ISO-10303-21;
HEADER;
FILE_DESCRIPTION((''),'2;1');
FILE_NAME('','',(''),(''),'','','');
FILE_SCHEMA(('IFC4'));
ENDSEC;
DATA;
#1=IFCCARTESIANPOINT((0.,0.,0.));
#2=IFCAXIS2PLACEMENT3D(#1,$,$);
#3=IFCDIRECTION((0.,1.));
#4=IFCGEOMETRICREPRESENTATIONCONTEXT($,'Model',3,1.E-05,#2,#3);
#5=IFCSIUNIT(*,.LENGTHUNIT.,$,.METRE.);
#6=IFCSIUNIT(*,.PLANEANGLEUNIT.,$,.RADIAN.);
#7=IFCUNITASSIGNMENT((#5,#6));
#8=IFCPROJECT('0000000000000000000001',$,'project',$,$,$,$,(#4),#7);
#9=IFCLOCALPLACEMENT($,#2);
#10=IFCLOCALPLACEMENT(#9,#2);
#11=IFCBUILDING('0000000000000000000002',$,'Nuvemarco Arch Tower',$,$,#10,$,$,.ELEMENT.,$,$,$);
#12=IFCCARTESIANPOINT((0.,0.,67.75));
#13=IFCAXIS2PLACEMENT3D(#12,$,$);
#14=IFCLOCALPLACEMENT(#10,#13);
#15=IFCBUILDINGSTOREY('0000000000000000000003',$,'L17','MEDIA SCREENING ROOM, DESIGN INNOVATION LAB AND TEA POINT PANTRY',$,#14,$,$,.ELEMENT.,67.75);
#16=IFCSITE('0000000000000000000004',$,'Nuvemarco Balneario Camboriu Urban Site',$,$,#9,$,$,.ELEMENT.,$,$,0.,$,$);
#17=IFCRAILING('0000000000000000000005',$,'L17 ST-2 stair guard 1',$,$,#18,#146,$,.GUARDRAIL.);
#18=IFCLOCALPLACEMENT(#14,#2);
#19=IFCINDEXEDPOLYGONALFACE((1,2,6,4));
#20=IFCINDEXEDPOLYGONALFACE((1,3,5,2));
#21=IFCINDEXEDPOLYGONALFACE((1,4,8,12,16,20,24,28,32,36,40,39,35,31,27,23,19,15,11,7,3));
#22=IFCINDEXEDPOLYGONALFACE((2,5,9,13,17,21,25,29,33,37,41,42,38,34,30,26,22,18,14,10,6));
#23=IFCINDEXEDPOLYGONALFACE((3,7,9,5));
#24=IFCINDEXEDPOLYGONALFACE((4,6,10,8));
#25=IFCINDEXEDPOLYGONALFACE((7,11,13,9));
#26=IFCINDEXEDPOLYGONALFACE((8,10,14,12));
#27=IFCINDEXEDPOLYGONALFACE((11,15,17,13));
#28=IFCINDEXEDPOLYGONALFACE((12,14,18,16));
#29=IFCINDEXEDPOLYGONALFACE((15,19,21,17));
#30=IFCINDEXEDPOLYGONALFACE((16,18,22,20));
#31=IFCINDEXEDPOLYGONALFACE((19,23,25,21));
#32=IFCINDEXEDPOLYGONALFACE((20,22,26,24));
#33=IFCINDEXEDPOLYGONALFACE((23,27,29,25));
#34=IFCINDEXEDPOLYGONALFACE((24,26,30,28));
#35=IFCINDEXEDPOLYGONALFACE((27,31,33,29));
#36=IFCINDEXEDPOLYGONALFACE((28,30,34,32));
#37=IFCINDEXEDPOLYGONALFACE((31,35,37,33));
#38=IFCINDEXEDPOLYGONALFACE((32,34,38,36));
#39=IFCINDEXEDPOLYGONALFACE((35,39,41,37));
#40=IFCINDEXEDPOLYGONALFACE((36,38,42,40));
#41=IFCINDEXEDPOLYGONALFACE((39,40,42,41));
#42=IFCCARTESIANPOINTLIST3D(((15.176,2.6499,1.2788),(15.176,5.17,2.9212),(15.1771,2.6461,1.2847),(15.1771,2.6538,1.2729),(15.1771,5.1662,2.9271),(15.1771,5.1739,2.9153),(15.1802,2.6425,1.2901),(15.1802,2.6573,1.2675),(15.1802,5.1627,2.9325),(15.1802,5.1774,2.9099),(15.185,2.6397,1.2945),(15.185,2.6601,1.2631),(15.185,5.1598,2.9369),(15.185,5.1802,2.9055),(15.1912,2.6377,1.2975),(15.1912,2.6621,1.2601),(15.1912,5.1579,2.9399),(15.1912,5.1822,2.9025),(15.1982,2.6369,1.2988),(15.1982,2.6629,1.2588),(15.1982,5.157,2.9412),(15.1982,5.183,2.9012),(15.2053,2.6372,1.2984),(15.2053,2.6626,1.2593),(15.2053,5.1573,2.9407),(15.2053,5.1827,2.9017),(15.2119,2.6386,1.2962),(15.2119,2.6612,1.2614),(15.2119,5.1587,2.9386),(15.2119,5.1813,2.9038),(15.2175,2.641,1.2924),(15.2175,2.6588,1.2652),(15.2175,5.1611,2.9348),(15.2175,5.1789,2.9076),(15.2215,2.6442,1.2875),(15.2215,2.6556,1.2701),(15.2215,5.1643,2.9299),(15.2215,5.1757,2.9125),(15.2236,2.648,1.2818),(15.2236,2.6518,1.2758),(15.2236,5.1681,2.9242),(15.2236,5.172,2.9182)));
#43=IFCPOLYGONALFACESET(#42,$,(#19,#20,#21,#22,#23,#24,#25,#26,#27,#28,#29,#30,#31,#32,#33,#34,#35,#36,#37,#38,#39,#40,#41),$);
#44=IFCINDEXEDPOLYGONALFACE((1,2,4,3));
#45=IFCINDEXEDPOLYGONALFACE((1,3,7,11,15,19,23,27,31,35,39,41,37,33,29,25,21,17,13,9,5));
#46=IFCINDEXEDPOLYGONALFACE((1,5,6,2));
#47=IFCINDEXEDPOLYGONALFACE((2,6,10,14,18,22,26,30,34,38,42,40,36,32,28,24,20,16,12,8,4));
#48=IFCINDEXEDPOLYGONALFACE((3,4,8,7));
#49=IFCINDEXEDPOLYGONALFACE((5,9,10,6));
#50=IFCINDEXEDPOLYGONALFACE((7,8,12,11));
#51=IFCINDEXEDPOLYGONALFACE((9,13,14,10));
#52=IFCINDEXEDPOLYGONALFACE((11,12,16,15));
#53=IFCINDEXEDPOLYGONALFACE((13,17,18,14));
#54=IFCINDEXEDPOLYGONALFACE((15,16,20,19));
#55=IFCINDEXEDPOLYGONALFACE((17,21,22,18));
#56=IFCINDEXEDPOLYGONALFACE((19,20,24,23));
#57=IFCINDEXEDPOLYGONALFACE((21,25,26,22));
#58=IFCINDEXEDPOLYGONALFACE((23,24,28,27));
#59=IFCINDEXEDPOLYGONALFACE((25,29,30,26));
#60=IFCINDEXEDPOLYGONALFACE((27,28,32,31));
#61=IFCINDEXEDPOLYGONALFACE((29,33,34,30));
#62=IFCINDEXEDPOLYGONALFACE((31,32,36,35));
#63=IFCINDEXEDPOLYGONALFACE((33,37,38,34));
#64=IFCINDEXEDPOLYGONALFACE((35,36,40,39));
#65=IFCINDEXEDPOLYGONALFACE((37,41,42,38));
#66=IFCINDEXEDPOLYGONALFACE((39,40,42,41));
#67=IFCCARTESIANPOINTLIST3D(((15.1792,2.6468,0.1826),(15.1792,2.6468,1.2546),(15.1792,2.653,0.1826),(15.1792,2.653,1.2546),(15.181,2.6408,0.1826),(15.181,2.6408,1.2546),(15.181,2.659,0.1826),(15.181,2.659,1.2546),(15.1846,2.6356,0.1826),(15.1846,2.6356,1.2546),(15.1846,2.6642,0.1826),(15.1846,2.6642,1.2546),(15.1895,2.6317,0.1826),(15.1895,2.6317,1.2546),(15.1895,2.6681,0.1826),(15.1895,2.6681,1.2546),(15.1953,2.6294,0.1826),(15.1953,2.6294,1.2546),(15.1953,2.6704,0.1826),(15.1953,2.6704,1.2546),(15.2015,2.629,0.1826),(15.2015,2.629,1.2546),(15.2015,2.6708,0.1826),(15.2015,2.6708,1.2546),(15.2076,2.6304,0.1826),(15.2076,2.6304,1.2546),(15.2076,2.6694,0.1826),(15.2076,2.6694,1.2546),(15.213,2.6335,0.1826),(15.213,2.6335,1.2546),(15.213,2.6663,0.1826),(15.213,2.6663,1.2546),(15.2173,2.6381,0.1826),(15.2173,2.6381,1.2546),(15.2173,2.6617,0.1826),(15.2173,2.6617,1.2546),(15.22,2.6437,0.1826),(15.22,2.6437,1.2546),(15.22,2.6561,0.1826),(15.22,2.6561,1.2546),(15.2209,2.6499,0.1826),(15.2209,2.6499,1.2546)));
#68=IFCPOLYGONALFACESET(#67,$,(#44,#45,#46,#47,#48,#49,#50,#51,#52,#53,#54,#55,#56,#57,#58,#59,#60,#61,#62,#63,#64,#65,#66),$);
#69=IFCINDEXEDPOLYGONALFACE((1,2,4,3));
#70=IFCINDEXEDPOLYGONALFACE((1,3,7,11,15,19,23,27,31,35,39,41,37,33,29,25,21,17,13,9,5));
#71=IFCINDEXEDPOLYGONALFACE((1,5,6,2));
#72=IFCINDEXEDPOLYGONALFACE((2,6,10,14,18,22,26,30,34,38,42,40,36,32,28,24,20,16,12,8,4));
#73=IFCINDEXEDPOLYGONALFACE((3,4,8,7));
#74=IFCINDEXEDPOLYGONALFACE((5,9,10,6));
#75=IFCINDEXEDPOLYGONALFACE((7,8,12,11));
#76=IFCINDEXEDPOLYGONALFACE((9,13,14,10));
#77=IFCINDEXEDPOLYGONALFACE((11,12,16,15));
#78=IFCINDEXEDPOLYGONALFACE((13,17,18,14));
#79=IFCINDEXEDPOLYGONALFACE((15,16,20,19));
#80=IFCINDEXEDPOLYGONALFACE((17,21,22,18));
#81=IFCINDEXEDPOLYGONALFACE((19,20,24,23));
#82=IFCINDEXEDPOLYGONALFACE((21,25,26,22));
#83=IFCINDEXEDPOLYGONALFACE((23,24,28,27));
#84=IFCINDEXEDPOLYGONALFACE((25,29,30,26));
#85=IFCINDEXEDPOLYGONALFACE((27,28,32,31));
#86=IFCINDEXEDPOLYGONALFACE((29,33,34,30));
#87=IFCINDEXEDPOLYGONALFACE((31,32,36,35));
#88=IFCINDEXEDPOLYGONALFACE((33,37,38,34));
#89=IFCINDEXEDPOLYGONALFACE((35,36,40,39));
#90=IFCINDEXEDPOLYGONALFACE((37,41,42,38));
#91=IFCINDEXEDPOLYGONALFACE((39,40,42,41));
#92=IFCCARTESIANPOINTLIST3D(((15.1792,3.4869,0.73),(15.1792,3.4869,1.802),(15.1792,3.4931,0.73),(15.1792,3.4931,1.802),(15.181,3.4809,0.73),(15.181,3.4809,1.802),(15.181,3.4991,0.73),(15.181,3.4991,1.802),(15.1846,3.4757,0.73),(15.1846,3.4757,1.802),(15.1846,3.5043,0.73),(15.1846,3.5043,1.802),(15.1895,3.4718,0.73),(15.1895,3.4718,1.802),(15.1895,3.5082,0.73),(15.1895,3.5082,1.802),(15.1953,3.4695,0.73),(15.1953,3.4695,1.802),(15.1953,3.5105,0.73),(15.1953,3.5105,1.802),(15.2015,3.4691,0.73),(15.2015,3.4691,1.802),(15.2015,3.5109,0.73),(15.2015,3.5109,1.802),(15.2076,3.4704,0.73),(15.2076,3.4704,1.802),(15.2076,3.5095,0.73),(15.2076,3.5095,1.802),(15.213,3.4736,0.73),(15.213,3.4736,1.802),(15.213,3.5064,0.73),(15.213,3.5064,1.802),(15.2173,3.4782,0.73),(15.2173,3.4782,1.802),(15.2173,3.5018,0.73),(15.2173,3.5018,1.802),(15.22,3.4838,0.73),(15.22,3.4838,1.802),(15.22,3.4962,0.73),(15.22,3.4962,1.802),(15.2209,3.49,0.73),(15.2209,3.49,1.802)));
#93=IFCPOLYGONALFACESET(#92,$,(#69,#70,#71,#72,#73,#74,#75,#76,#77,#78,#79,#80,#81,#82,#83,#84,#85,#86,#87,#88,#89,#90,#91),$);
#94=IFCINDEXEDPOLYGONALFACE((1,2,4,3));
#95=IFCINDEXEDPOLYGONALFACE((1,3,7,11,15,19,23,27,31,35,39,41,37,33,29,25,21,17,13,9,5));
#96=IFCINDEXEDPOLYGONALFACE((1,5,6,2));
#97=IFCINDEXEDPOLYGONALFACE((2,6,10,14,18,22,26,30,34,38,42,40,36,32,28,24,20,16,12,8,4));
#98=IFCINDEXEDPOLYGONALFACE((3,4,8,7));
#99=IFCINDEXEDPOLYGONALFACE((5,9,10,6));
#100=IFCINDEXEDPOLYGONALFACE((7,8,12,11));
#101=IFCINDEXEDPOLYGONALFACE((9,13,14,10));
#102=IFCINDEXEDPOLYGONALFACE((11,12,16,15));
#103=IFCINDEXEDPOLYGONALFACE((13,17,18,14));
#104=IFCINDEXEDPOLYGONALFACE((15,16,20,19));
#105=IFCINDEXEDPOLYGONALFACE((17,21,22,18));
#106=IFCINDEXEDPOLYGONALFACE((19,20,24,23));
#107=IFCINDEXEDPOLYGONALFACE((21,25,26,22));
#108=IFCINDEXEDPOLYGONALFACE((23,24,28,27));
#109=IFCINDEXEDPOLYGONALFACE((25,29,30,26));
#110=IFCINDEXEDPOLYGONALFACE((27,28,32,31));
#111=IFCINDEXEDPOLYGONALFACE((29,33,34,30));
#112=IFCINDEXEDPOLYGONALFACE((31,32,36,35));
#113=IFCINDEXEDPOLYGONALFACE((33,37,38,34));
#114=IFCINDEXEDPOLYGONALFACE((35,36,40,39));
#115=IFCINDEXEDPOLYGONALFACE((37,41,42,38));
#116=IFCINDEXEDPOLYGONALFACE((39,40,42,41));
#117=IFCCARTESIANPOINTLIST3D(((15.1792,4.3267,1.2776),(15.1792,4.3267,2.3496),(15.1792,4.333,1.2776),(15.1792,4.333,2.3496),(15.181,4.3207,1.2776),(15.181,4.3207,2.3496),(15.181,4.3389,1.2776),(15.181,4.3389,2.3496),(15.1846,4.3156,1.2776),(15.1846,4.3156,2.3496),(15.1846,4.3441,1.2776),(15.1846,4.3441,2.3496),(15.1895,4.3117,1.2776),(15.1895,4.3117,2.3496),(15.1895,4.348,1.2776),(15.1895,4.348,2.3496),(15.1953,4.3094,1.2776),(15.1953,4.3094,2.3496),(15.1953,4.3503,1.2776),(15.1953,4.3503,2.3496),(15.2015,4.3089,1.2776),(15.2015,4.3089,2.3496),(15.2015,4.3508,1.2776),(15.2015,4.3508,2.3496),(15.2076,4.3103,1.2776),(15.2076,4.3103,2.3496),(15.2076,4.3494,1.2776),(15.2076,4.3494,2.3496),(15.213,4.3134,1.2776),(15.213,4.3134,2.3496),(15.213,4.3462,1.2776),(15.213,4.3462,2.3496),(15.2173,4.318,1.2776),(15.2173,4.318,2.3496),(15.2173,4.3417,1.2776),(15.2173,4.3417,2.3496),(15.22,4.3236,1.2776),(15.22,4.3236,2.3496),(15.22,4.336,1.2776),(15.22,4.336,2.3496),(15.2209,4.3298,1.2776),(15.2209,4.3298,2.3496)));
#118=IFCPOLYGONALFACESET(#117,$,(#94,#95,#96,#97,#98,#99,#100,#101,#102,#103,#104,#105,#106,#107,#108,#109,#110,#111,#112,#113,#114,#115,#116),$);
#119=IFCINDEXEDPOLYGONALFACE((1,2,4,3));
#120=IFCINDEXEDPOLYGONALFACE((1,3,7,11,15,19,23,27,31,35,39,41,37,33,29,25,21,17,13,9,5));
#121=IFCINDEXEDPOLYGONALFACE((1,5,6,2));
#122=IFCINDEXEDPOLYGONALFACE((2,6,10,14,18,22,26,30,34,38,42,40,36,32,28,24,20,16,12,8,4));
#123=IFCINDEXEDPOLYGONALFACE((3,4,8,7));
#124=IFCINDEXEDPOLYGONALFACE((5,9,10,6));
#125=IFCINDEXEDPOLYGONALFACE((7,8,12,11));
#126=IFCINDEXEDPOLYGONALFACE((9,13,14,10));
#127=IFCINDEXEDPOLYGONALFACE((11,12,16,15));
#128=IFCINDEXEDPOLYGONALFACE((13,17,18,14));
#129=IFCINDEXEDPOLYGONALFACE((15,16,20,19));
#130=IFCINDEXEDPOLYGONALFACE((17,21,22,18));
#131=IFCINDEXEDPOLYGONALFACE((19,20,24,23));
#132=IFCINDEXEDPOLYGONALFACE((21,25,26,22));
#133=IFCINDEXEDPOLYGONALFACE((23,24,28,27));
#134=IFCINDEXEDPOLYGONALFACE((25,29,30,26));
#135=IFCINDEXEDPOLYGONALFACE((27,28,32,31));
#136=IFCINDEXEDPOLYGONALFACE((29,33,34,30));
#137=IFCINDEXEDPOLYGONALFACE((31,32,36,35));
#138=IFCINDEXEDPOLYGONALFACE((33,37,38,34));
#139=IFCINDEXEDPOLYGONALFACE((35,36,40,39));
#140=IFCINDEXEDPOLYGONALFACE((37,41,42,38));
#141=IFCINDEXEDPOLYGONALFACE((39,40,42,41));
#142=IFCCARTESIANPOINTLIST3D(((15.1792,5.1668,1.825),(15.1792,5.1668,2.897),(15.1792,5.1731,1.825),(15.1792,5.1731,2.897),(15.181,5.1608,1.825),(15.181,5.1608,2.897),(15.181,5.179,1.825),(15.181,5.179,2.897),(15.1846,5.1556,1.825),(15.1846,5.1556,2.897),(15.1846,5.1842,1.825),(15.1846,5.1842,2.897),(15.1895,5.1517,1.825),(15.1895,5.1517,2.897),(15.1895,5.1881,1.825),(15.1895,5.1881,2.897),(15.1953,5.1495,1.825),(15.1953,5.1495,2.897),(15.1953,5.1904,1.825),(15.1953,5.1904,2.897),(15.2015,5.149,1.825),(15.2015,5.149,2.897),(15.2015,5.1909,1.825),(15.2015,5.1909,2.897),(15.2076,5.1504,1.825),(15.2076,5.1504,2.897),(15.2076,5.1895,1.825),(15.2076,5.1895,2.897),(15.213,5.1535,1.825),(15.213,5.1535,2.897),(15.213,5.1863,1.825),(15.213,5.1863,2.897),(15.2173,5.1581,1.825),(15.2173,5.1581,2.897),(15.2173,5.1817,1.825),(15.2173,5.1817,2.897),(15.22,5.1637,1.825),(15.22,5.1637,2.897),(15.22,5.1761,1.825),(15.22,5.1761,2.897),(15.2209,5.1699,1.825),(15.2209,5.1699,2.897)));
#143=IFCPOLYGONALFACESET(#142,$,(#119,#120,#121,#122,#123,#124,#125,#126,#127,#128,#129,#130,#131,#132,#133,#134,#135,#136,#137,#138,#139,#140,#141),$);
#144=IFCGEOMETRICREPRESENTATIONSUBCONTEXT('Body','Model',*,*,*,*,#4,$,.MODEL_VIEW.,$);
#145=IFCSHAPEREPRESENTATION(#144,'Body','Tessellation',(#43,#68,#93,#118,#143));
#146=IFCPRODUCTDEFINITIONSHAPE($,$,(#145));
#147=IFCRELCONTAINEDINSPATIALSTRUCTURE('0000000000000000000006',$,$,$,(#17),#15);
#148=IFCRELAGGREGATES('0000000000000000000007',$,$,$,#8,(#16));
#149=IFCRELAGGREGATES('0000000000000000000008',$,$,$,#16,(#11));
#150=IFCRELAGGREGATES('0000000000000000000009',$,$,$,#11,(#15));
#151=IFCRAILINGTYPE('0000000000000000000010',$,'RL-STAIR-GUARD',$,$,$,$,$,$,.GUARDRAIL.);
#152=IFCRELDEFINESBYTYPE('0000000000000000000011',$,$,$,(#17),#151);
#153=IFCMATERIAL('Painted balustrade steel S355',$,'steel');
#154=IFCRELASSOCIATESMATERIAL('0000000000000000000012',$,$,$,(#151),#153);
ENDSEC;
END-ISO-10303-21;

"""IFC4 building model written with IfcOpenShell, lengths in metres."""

from ifc_helpers import new_model, si_unit, direction, frame, origin, origin_2d, place, context, subcontext, project, spatial, circle, extrude, material, type_object, element, save


model = new_model("IFC4")

# Units and contexts
model_context = context("Model", 3, precision=1e-05, world=origin(), true_north=direction((0.0, 1.0)))
body_context = subcontext(model_context, "Body", "Model", "MODEL_VIEW")
ifc_project = project(units=[si_unit("LENGTHUNIT", "METRE"), si_unit("PLANEANGLEUNIT", "RADIAN")], contexts=[model_context])

# Site, building, storey
site_placement = place(None, origin())
site = spatial("IfcSite", under=ifc_project, at=site_placement, Name="Nuvemarco Balneario Camboriu Urban Site", CompositionType="ELEMENT", RefElevation=0.0)
building_placement = place(site_placement, origin())
building = spatial("IfcBuilding", under=site, at=building_placement, Name="Nuvemarco Arch Tower", CompositionType="ELEMENT")
storey_placement = place(building_placement, frame((0.0, 0.0, 67.75)))
storey = spatial("IfcBuildingStorey", under=building, at=storey_placement, Name="L17", Description="MEDIA SCREENING ROOM, DESIGN INNOVATION LAB AND TEA POINT PANTRY", CompositionType="ELEMENT", Elevation=67.75)

# Railing
ifc_material_1 = material(Name="Painted balustrade steel S355", Category="steel")
railing_type_1 = type_object("IfcRailingType", Name="RL-STAIR-GUARD", PredefinedType="GUARDRAIL", material=ifc_material_1)
railing_1_placement = place(storey_placement, frame((15.2, 2.6499, 0.1826)))
element("IfcRailing", 1, at=railing_1_placement, inside=storey, type_object=railing_type_1, Name="L17 ST-2 stair guard 1", PredefinedType="GUARDRAIL", context=body_context, shape_type="SweptSolid", body=[
    extrude(circle(Radius=0.0239, at=origin_2d()), frame((0.0, 0.0, 1.0962), z_axis=(0.0, 0.837787, 0.545998), x_axis=(-1.0, 0.0, 0.0)), (0.0, 0.0, 1.0), 3.0081),
    extrude(circle(Radius=0.021, at=origin_2d()), origin(), (0.0, 0.0, 1.0), 1.072),
    extrude(circle(Radius=0.021, at=origin_2d()), frame((0.0, 0.8401, 0.5474)), (0.0, 0.0, 1.0), 1.072),
    extrude(circle(Radius=0.021, at=origin_2d()), frame((0.0, 1.6799, 1.095)), (0.0, 0.0, 1.0), 1.072),
    extrude(circle(Radius=0.021, at=origin_2d()), frame((0.0, 2.52, 1.6423)), (0.0, 0.0, 1.0), 1.072),
])

save(model, "model.ifc")
